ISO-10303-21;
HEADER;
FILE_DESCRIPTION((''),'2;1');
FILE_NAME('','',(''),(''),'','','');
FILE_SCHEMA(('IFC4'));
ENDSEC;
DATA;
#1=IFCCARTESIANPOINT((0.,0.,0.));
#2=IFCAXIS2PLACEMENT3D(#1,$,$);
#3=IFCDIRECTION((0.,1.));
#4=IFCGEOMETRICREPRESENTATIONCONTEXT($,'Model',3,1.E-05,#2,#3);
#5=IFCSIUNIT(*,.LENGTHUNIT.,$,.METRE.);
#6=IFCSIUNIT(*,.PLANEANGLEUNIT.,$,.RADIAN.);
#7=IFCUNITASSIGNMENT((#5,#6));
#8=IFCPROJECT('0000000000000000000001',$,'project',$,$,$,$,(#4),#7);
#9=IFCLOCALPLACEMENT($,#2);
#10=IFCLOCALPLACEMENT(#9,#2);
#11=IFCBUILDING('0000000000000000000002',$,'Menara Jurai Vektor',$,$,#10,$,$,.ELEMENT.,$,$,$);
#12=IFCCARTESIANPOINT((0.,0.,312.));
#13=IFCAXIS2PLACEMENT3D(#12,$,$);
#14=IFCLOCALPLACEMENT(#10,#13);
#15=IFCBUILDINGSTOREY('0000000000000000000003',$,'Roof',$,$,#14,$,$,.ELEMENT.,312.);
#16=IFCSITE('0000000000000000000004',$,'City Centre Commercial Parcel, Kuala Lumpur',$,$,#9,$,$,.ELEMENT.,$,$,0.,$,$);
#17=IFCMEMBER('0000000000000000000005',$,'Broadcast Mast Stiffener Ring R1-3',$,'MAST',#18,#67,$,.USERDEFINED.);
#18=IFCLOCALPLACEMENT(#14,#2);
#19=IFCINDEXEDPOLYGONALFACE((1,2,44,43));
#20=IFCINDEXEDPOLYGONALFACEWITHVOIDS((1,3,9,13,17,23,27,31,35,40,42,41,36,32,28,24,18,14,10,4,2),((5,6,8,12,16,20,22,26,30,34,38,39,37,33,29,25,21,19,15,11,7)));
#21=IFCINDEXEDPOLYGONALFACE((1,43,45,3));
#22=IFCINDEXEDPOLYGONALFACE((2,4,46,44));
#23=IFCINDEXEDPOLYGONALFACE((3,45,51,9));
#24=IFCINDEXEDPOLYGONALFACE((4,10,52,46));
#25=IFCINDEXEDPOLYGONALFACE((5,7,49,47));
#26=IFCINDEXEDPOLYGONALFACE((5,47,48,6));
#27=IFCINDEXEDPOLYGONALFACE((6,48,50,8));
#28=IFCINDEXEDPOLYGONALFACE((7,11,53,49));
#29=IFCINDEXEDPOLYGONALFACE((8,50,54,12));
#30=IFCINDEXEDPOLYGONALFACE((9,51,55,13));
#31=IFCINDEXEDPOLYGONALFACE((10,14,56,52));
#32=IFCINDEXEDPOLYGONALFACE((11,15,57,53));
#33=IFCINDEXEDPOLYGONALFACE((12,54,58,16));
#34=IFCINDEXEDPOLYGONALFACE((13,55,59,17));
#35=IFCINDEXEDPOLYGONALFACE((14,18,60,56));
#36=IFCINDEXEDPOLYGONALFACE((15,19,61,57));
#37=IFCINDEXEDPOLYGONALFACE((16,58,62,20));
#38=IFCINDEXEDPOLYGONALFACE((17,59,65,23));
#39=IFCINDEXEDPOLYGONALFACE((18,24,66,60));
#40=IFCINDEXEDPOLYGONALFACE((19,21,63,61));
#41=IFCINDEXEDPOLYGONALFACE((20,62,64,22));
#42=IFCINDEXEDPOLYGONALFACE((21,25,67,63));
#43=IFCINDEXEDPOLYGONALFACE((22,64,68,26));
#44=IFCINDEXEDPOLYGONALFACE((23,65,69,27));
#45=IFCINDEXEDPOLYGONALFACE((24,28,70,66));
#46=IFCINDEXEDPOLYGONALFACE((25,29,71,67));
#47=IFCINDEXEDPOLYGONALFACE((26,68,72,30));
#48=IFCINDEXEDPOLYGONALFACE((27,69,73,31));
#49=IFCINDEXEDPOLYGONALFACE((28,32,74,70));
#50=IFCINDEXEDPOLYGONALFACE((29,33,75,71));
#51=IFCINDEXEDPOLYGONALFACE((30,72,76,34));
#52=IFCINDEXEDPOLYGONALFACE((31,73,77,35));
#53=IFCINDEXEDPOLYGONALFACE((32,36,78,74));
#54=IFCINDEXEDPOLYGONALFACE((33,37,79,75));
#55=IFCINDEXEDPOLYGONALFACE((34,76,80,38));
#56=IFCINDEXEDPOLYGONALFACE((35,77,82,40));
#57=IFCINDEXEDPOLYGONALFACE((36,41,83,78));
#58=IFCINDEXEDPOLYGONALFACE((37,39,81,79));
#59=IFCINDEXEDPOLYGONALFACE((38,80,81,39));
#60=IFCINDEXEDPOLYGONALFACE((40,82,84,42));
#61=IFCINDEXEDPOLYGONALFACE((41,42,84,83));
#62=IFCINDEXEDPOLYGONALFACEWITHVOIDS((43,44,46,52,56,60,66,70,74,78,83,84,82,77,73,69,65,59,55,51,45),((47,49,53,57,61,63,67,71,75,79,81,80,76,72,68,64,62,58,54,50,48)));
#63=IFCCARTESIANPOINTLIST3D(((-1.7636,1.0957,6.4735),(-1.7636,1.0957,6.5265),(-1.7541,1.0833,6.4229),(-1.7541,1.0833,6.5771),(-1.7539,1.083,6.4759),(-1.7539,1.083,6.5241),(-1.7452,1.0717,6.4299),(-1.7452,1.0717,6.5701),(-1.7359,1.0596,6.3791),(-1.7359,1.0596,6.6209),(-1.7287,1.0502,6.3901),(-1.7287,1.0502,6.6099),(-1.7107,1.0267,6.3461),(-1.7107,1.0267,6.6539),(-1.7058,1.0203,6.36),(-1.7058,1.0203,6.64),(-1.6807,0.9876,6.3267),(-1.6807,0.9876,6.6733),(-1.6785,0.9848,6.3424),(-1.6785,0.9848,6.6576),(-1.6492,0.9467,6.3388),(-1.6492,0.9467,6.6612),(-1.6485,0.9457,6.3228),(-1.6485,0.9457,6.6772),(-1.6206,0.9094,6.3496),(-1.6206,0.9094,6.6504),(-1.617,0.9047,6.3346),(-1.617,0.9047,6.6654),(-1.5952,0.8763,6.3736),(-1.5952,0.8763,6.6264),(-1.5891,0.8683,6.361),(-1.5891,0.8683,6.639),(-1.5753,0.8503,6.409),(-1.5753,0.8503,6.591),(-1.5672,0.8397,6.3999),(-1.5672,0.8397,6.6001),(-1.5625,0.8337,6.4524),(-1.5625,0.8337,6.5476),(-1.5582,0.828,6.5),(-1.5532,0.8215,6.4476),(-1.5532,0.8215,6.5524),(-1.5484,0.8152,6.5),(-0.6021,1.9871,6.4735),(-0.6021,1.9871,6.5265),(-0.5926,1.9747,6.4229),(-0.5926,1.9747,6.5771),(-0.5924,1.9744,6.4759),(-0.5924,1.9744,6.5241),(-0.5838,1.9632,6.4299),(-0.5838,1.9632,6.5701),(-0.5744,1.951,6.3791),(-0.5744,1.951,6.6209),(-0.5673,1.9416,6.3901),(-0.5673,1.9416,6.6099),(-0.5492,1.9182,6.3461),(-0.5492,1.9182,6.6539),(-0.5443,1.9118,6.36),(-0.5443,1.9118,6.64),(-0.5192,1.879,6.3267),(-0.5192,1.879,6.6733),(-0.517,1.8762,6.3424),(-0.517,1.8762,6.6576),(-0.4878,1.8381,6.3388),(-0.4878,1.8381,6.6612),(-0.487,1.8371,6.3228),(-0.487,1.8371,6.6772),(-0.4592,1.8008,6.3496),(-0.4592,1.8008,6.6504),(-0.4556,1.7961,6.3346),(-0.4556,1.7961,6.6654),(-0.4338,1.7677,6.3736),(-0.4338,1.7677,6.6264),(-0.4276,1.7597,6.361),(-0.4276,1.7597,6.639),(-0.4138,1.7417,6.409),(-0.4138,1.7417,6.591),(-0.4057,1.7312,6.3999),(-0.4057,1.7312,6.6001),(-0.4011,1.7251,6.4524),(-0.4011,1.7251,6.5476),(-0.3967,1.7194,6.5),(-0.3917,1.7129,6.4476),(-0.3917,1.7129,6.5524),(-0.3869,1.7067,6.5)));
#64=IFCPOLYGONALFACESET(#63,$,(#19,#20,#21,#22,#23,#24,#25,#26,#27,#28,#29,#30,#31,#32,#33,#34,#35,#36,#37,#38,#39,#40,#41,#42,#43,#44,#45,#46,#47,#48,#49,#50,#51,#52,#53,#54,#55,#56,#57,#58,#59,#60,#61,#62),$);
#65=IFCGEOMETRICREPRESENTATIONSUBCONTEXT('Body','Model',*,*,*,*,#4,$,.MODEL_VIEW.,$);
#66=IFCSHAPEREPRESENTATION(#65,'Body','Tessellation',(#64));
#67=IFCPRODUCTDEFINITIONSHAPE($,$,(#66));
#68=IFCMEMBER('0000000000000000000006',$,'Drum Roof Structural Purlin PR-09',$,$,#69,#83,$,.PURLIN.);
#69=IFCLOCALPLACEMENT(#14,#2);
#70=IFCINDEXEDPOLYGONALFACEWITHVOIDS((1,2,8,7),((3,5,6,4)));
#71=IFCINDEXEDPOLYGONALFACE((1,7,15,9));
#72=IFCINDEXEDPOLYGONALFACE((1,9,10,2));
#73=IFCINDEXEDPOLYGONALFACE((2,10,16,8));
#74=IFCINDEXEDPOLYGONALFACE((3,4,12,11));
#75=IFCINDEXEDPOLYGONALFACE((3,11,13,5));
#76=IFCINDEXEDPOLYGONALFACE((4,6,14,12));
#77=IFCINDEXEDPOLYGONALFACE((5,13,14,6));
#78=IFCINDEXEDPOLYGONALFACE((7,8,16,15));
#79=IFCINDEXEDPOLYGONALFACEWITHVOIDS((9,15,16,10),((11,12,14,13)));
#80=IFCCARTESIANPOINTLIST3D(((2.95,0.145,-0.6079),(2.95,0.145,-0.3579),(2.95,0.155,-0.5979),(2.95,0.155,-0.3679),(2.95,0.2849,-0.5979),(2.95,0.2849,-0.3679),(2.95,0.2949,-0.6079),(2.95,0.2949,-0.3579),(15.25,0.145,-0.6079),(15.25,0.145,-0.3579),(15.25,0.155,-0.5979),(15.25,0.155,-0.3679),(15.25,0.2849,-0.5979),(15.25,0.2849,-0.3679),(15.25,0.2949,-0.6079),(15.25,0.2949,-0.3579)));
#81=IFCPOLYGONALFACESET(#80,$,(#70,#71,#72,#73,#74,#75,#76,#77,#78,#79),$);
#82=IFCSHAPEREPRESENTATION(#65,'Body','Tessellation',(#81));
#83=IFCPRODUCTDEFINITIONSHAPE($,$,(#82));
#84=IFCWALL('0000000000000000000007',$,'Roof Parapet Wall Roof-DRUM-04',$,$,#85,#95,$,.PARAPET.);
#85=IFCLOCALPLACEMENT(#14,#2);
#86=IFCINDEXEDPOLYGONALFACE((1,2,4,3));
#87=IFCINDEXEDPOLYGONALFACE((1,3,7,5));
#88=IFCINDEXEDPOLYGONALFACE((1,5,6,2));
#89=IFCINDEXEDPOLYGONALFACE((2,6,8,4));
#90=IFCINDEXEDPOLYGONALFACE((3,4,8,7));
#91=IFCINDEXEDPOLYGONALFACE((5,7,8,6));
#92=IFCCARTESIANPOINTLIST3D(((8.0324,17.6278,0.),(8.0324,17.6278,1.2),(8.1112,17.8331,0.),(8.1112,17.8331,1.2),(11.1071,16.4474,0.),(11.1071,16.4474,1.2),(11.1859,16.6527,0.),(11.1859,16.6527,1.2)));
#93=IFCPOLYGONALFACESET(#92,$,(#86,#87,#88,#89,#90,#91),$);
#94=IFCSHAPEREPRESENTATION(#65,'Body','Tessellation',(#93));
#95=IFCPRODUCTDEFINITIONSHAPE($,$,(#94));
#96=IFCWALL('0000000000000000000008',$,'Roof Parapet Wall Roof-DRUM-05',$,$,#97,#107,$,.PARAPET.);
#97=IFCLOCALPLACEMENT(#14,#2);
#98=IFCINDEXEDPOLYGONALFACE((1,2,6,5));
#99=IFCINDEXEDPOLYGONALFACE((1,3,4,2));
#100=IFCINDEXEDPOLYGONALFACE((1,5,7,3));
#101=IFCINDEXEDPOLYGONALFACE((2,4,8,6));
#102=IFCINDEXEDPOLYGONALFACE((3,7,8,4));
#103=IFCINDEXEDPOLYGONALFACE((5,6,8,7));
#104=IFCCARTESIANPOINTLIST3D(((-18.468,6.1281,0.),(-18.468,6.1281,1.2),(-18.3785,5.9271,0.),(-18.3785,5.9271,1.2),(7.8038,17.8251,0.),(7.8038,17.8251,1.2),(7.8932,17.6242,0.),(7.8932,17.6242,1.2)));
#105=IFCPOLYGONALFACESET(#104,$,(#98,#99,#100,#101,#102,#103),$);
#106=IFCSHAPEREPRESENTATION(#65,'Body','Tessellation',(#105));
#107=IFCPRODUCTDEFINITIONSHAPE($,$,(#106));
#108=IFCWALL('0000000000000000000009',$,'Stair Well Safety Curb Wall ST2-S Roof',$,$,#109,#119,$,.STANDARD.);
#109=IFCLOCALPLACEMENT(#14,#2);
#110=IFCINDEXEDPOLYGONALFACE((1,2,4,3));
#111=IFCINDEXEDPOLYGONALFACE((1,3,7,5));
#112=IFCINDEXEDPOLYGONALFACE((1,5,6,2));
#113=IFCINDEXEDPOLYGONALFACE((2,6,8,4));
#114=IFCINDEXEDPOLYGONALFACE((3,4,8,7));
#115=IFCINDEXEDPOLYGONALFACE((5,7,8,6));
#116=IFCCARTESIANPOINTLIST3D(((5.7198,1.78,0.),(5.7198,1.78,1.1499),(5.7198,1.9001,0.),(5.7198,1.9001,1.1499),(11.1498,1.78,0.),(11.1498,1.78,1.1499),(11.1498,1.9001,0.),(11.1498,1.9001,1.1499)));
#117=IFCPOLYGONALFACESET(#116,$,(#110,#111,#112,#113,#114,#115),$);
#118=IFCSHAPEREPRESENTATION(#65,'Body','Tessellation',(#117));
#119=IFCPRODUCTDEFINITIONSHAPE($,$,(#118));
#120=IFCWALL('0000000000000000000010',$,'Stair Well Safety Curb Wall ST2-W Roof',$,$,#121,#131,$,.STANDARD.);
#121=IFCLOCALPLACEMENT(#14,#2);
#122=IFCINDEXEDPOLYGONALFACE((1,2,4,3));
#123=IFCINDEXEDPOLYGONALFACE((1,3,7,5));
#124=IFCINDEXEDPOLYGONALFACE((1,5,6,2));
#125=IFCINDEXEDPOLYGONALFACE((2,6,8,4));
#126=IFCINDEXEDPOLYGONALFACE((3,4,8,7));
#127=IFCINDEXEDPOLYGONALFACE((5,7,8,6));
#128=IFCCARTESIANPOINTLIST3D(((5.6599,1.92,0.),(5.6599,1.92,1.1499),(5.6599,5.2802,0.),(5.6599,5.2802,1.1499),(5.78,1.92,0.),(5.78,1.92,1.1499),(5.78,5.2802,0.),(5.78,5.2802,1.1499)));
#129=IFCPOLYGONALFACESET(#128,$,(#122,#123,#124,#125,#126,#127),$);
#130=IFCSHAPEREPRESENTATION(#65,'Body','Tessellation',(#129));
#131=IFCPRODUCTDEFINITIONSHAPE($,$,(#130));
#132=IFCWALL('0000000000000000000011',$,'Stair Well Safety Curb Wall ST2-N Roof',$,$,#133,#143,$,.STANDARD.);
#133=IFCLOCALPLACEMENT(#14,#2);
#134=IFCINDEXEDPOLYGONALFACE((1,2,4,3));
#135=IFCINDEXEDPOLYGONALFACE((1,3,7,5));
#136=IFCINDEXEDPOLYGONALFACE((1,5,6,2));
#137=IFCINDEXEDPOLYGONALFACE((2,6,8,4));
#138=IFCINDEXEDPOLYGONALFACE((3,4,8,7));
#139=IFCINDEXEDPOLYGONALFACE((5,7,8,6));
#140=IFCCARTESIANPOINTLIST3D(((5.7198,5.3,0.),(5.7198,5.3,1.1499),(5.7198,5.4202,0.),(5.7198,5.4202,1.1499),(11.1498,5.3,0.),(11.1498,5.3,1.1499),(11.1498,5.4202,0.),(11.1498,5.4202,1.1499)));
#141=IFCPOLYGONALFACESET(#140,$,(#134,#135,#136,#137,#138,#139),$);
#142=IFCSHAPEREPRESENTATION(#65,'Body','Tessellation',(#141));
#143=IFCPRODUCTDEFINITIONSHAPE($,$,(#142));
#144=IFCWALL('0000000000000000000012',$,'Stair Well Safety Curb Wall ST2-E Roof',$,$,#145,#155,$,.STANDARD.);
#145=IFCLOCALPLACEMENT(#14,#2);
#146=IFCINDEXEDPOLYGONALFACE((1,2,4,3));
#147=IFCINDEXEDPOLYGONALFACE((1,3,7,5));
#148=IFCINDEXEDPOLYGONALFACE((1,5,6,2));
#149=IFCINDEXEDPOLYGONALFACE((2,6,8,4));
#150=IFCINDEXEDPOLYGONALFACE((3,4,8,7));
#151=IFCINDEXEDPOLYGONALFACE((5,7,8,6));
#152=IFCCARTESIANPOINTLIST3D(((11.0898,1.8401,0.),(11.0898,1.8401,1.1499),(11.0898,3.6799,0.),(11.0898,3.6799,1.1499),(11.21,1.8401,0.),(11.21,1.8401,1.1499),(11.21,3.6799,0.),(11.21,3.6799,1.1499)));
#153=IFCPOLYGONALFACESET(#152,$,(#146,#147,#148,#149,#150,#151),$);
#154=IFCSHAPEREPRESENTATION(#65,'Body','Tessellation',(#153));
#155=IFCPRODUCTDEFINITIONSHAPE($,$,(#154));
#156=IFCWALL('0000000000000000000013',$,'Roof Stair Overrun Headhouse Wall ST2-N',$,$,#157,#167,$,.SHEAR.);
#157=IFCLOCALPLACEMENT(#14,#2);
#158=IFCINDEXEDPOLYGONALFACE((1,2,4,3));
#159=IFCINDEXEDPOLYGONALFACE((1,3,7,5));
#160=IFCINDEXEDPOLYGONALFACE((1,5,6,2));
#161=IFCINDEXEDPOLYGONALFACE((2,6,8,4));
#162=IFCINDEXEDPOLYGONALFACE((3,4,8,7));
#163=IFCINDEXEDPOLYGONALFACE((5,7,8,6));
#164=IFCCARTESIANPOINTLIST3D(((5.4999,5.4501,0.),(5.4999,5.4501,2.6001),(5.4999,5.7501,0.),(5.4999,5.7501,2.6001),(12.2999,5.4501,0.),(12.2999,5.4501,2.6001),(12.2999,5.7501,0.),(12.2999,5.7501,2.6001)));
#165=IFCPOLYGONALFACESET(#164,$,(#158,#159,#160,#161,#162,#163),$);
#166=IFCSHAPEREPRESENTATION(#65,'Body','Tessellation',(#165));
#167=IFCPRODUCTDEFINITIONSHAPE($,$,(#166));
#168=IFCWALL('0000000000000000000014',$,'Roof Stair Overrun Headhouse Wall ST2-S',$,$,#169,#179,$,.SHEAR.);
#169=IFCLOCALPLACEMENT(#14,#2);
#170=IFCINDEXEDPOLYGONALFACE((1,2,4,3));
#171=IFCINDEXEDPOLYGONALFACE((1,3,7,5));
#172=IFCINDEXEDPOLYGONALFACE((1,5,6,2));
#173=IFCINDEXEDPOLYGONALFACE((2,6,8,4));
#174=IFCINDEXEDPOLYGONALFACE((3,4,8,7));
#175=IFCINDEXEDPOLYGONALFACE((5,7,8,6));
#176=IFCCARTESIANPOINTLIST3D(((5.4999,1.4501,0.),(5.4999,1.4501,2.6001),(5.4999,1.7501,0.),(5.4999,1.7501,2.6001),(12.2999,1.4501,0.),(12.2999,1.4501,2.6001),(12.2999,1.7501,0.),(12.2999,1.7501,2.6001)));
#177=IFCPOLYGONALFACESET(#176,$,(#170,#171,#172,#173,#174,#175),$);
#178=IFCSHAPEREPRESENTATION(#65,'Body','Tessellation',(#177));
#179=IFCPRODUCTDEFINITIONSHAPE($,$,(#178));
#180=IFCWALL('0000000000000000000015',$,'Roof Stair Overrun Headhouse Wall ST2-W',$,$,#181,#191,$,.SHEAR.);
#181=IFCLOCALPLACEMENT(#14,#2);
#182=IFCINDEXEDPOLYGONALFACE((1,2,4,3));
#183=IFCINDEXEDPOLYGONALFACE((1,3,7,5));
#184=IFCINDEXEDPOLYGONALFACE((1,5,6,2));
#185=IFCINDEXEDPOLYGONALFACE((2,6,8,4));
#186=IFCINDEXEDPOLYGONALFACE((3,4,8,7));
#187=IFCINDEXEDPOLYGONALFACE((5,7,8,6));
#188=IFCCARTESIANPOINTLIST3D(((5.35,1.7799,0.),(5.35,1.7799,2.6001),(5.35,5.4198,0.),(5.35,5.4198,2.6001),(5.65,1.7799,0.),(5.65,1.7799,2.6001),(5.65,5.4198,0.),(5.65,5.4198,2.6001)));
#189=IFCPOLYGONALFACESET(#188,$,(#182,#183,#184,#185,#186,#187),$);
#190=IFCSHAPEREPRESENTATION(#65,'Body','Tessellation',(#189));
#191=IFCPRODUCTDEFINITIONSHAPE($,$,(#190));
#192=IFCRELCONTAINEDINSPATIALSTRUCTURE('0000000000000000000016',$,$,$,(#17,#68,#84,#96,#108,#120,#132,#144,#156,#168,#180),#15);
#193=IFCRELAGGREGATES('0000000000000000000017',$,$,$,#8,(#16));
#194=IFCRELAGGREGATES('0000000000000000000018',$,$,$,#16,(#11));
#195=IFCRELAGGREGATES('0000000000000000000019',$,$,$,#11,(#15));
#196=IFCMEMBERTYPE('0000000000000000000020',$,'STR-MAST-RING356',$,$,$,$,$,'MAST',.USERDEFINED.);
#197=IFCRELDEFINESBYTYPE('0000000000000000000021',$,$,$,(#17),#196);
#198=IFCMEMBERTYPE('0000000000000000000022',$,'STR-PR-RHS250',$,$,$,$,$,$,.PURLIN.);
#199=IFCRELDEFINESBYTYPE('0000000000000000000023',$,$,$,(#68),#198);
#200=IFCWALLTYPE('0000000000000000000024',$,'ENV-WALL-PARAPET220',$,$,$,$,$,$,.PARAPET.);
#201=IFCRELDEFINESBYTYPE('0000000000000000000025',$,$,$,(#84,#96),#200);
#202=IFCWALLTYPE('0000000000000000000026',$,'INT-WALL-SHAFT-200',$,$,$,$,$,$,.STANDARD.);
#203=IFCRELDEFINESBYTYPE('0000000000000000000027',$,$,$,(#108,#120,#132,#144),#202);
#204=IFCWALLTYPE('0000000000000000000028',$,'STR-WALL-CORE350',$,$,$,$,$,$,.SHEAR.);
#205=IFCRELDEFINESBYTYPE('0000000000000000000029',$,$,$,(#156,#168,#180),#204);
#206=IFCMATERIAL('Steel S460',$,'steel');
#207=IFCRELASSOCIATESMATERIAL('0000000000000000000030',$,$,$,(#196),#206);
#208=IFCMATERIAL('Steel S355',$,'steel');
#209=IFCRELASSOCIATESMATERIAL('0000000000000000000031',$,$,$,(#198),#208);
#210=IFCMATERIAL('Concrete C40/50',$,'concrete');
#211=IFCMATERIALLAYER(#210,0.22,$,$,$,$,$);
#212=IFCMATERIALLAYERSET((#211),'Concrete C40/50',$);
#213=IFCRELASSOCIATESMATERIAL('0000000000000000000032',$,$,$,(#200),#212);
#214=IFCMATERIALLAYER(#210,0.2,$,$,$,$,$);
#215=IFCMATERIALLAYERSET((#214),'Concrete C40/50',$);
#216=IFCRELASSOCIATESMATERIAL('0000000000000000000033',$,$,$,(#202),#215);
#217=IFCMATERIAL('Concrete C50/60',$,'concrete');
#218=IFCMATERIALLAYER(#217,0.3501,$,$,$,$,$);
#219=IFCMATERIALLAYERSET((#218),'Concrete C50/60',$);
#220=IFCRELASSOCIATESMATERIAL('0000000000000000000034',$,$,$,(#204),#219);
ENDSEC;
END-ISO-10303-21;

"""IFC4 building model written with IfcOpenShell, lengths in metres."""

from ifc_helpers import new_model, si_unit, direction, frame, frame_2d, origin, origin_2d, place, context, subcontext, project, spatial, rectangle, hollow_rectangle, hollow_circle, extrude, material, layer, layer_set, material_profile, profile_set, type_object, element, save


model = new_model("IFC4")

# Units and contexts
model_context = context("Model", 3, precision=1e-05, world=origin(), true_north=direction((0.0, 1.0)))
body_context = subcontext(model_context, "Body", "Model", "MODEL_VIEW")
ifc_project = project(units=[si_unit("LENGTHUNIT", "METRE"), si_unit("PLANEANGLEUNIT", "RADIAN")], contexts=[model_context])

# Site, building, storey
site_placement = place(None, origin())
site = spatial("IfcSite", under=ifc_project, at=site_placement, Name="City Centre Commercial Parcel, Kuala Lumpur", CompositionType="ELEMENT", RefElevation=0.0)
building_placement = place(site_placement, origin())
building = spatial("IfcBuilding", under=site, at=building_placement, Name="Menara Jurai Vektor", CompositionType="ELEMENT")
storey_placement = place(building_placement, frame((0.0, 0.0, 312.0)))
storey = spatial("IfcBuildingStorey", under=building, at=storey_placement, Name="Roof", CompositionType="ELEMENT", Elevation=312.0)

# Shared definitions
ifc_material_1 = material(Name="Steel S460", Category="steel")

# Shared definitions
ifc_material_2 = material(Name="Steel S355", Category="steel")

# Members
ifc_material_profile_1 = material_profile(ifc_material_1, hollow_circle(Radius=0.1777, WallThickness=0.0161, at=origin_2d()), Name="CHS 355.6x16")
ifc_profile_set_1 = profile_set([ifc_material_profile_1], Name="Steel S460")
member_type_1 = type_object("IfcMemberType", Name="STR-MAST-RING356", ElementType="MAST", PredefinedType="USERDEFINED", material=ifc_profile_set_1)
member_1_placement = place(storey_placement, frame((-0.4951, 1.8477, 6.5), z_axis=(-0.793287, -0.608848, 0.0), x_axis=(0.608848, -0.793287, 0.0)))
element("IfcMember", 1, at=member_1_placement, inside=storey, type_object=member_type_1, Name="Broadcast Mast Stiffener Ring R1-3", ObjectType="MAST", PredefinedType="USERDEFINED", context=body_context, shape_type="SweptSolid", body=[
    extrude(hollow_circle(Radius=0.1777, WallThickness=0.0161, at=origin_2d()), origin(), (0.0, 0.0, 1.0), 1.4641),
])
ifc_material_profile_2 = material_profile(ifc_material_2, hollow_rectangle(XDim=0.1499, YDim=0.25, WallThickness=0.01, at=origin_2d()), Name="RHS 250x150x10")
ifc_profile_set_2 = profile_set([ifc_material_profile_2], Name="Steel S355")
member_type_2 = type_object("IfcMemberType", Name="STR-PR-RHS250", PredefinedType="PURLIN", material=ifc_profile_set_2)
member_2_placement = place(storey_placement, frame((2.95, 0.22, -0.4829), z_axis=(1.0, 0.0, 0.0), x_axis=(0.0, 1.0, 0.0)))
element("IfcMember", 2, at=member_2_placement, inside=storey, type_object=member_type_2, Name="Drum Roof Structural Purlin PR-09", PredefinedType="PURLIN", context=body_context, shape_type="SweptSolid", body=[
    extrude(hollow_rectangle(XDim=0.1499, YDim=0.25, WallThickness=0.01, at=origin_2d()), origin(), (0.0, 0.0, 1.0), 12.3),
])

# Walls
ifc_material_3 = material(Name="Concrete C40/50", Category="concrete")
ifc_layer_1 = layer(ifc_material_3, 0.22)
ifc_layer_set_1 = layer_set([ifc_layer_1], Name="Concrete C40/50")
wall_type_1 = type_object("IfcWallType", Name="ENV-WALL-PARAPET220", PredefinedType="PARAPET", material=ifc_layer_set_1)
wall_1_placement = place(storey_placement, frame((11.1465, 16.55, 0.0), z_axis=(0.0, 0.0, 1.0), x_axis=(-0.933565, 0.358408, 0.0)))
element("IfcWall", 3, at=wall_1_placement, inside=storey, type_object=wall_type_1, Name="Roof Parapet Wall Roof-DRUM-04", PredefinedType="PARAPET", context=body_context, shape_type="SweptSolid", body=[
    extrude(rectangle(XDim=3.2935, YDim=0.22, at=frame_2d((1.6467, 0.0))), origin(), (0.0, 0.0, 1.0), 1.2),
])
wall_2_placement = place(storey_placement, frame((7.8484, 17.7246, 0.0), z_axis=(0.0, 0.0, 1.0), x_axis=(-0.913544, -0.406739, 0.0)))
element("IfcWall", 4, at=wall_2_placement, inside=storey, type_object=wall_type_1, Name="Roof Parapet Wall Roof-DRUM-05", PredefinedType="PARAPET", context=body_context, shape_type="SweptSolid", body=[
    extrude(rectangle(XDim=28.7581, YDim=0.22, at=frame_2d((14.3789, 0.0))), origin(), (0.0, 0.0, 1.0), 1.2),
])
ifc_layer_2 = layer(ifc_material_3, 0.2)
ifc_layer_set_2 = layer_set([ifc_layer_2], Name="Concrete C40/50")
wall_type_2 = type_object("IfcWallType", Name="INT-WALL-SHAFT-200", PredefinedType="STANDARD", material=ifc_layer_set_2)
wall_3_placement = place(storey_placement, frame((5.72, 1.8401, 0.0), z_axis=(0.0, 0.0, 1.0), x_axis=(1.0, 0.0, 0.0)))
element("IfcWall", 5, at=wall_3_placement, inside=storey, type_object=wall_type_2, Name="Stair Well Safety Curb Wall ST2-S Roof", PredefinedType="STANDARD", context=body_context, shape_type="SweptSolid", body=[
    extrude(rectangle(XDim=5.4299, YDim=0.1201, at=frame_2d((2.7148, 0.0))), origin(), (0.0, 0.0, 1.0), 1.1499),
])
wall_4_placement = place(storey_placement, frame((5.72, 1.9199, 0.0), z_axis=(0.0, 0.0, 1.0), x_axis=(0.0, 1.0, 0.0)))
element("IfcWall", 6, at=wall_4_placement, inside=storey, type_object=wall_type_2, Name="Stair Well Safety Curb Wall ST2-W Roof", PredefinedType="STANDARD", context=body_context, shape_type="SweptSolid", body=[
    extrude(rectangle(XDim=3.3601, YDim=0.1201, at=frame_2d((1.6802, 0.0))), origin(), (0.0, 0.0, 1.0), 1.1499),
])
wall_5_placement = place(storey_placement, frame((5.72, 5.3601, 0.0), z_axis=(0.0, 0.0, 1.0), x_axis=(1.0, 0.0, 0.0)))
element("IfcWall", 7, at=wall_5_placement, inside=storey, type_object=wall_type_2, Name="Stair Well Safety Curb Wall ST2-N Roof", PredefinedType="STANDARD", context=body_context, shape_type="SweptSolid", body=[
    extrude(rectangle(XDim=5.4299, YDim=0.1201, at=frame_2d((2.7148, 0.0))), origin(), (0.0, 0.0, 1.0), 1.1499),
])
wall_6_placement = place(storey_placement, frame((11.1499, 1.8401, 0.0), z_axis=(0.0, 0.0, 1.0), x_axis=(0.0, 1.0, 0.0)))
element("IfcWall", 8, at=wall_6_placement, inside=storey, type_object=wall_type_2, Name="Stair Well Safety Curb Wall ST2-E Roof", PredefinedType="STANDARD", context=body_context, shape_type="SweptSolid", body=[
    extrude(rectangle(XDim=1.8398, YDim=0.1201, at=frame_2d((0.9199, 0.0))), origin(), (0.0, 0.0, 1.0), 1.1499),
])
ifc_material_4 = material(Name="Concrete C50/60", Category="concrete")
ifc_layer_3 = layer(ifc_material_4, 0.3501)
ifc_layer_set_3 = layer_set([ifc_layer_3], Name="Concrete C50/60")
wall_type_3 = type_object("IfcWallType", Name="STR-WALL-CORE350", PredefinedType="SHEAR", material=ifc_layer_set_3)
for number, where, z_axis, x_axis, name in (
    (9, (5.5, 5.6001, 0.0), (0.0, 0.0, 1.0), (1.0, 0.0, 0.0), "Roof Stair Overrun Headhouse Wall ST2-N"),
    (10, (5.5, 1.6001, 0.0), (0.0, 0.0, 1.0), (1.0, 0.0, 0.0), "Roof Stair Overrun Headhouse Wall ST2-S"),
):
    element("IfcWall", number, at=place(storey_placement, frame(where, z_axis=z_axis, x_axis=x_axis)), inside=storey, type_object=wall_type_3, Name=name, PredefinedType="SHEAR", context=body_context, shape_type="SweptSolid", body=[
        extrude(rectangle(XDim=6.8, YDim=0.3, at=frame_2d((3.3999, 0.0))), origin(), (0.0, 0.0, 1.0), 2.6001),
    ])
for number, where, z_axis, x_axis, name in (
    (11, (5.5, 1.78, 0.0), (0.0, 0.0, 1.0), (0.0, 1.0, 0.0), "Roof Stair Overrun Headhouse Wall ST2-W"),
):
    element("IfcWall", number, at=place(storey_placement, frame(where, z_axis=z_axis, x_axis=x_axis)), inside=storey, type_object=wall_type_3, Name=name, PredefinedType="SHEAR", context=body_context, shape_type="SweptSolid", body=[
        extrude(rectangle(XDim=3.6399, YDim=0.3, at=frame_2d((1.8198, 0.0))), origin(), (0.0, 0.0, 1.0), 2.6001),
    ])

save(model, "model.ifc")
